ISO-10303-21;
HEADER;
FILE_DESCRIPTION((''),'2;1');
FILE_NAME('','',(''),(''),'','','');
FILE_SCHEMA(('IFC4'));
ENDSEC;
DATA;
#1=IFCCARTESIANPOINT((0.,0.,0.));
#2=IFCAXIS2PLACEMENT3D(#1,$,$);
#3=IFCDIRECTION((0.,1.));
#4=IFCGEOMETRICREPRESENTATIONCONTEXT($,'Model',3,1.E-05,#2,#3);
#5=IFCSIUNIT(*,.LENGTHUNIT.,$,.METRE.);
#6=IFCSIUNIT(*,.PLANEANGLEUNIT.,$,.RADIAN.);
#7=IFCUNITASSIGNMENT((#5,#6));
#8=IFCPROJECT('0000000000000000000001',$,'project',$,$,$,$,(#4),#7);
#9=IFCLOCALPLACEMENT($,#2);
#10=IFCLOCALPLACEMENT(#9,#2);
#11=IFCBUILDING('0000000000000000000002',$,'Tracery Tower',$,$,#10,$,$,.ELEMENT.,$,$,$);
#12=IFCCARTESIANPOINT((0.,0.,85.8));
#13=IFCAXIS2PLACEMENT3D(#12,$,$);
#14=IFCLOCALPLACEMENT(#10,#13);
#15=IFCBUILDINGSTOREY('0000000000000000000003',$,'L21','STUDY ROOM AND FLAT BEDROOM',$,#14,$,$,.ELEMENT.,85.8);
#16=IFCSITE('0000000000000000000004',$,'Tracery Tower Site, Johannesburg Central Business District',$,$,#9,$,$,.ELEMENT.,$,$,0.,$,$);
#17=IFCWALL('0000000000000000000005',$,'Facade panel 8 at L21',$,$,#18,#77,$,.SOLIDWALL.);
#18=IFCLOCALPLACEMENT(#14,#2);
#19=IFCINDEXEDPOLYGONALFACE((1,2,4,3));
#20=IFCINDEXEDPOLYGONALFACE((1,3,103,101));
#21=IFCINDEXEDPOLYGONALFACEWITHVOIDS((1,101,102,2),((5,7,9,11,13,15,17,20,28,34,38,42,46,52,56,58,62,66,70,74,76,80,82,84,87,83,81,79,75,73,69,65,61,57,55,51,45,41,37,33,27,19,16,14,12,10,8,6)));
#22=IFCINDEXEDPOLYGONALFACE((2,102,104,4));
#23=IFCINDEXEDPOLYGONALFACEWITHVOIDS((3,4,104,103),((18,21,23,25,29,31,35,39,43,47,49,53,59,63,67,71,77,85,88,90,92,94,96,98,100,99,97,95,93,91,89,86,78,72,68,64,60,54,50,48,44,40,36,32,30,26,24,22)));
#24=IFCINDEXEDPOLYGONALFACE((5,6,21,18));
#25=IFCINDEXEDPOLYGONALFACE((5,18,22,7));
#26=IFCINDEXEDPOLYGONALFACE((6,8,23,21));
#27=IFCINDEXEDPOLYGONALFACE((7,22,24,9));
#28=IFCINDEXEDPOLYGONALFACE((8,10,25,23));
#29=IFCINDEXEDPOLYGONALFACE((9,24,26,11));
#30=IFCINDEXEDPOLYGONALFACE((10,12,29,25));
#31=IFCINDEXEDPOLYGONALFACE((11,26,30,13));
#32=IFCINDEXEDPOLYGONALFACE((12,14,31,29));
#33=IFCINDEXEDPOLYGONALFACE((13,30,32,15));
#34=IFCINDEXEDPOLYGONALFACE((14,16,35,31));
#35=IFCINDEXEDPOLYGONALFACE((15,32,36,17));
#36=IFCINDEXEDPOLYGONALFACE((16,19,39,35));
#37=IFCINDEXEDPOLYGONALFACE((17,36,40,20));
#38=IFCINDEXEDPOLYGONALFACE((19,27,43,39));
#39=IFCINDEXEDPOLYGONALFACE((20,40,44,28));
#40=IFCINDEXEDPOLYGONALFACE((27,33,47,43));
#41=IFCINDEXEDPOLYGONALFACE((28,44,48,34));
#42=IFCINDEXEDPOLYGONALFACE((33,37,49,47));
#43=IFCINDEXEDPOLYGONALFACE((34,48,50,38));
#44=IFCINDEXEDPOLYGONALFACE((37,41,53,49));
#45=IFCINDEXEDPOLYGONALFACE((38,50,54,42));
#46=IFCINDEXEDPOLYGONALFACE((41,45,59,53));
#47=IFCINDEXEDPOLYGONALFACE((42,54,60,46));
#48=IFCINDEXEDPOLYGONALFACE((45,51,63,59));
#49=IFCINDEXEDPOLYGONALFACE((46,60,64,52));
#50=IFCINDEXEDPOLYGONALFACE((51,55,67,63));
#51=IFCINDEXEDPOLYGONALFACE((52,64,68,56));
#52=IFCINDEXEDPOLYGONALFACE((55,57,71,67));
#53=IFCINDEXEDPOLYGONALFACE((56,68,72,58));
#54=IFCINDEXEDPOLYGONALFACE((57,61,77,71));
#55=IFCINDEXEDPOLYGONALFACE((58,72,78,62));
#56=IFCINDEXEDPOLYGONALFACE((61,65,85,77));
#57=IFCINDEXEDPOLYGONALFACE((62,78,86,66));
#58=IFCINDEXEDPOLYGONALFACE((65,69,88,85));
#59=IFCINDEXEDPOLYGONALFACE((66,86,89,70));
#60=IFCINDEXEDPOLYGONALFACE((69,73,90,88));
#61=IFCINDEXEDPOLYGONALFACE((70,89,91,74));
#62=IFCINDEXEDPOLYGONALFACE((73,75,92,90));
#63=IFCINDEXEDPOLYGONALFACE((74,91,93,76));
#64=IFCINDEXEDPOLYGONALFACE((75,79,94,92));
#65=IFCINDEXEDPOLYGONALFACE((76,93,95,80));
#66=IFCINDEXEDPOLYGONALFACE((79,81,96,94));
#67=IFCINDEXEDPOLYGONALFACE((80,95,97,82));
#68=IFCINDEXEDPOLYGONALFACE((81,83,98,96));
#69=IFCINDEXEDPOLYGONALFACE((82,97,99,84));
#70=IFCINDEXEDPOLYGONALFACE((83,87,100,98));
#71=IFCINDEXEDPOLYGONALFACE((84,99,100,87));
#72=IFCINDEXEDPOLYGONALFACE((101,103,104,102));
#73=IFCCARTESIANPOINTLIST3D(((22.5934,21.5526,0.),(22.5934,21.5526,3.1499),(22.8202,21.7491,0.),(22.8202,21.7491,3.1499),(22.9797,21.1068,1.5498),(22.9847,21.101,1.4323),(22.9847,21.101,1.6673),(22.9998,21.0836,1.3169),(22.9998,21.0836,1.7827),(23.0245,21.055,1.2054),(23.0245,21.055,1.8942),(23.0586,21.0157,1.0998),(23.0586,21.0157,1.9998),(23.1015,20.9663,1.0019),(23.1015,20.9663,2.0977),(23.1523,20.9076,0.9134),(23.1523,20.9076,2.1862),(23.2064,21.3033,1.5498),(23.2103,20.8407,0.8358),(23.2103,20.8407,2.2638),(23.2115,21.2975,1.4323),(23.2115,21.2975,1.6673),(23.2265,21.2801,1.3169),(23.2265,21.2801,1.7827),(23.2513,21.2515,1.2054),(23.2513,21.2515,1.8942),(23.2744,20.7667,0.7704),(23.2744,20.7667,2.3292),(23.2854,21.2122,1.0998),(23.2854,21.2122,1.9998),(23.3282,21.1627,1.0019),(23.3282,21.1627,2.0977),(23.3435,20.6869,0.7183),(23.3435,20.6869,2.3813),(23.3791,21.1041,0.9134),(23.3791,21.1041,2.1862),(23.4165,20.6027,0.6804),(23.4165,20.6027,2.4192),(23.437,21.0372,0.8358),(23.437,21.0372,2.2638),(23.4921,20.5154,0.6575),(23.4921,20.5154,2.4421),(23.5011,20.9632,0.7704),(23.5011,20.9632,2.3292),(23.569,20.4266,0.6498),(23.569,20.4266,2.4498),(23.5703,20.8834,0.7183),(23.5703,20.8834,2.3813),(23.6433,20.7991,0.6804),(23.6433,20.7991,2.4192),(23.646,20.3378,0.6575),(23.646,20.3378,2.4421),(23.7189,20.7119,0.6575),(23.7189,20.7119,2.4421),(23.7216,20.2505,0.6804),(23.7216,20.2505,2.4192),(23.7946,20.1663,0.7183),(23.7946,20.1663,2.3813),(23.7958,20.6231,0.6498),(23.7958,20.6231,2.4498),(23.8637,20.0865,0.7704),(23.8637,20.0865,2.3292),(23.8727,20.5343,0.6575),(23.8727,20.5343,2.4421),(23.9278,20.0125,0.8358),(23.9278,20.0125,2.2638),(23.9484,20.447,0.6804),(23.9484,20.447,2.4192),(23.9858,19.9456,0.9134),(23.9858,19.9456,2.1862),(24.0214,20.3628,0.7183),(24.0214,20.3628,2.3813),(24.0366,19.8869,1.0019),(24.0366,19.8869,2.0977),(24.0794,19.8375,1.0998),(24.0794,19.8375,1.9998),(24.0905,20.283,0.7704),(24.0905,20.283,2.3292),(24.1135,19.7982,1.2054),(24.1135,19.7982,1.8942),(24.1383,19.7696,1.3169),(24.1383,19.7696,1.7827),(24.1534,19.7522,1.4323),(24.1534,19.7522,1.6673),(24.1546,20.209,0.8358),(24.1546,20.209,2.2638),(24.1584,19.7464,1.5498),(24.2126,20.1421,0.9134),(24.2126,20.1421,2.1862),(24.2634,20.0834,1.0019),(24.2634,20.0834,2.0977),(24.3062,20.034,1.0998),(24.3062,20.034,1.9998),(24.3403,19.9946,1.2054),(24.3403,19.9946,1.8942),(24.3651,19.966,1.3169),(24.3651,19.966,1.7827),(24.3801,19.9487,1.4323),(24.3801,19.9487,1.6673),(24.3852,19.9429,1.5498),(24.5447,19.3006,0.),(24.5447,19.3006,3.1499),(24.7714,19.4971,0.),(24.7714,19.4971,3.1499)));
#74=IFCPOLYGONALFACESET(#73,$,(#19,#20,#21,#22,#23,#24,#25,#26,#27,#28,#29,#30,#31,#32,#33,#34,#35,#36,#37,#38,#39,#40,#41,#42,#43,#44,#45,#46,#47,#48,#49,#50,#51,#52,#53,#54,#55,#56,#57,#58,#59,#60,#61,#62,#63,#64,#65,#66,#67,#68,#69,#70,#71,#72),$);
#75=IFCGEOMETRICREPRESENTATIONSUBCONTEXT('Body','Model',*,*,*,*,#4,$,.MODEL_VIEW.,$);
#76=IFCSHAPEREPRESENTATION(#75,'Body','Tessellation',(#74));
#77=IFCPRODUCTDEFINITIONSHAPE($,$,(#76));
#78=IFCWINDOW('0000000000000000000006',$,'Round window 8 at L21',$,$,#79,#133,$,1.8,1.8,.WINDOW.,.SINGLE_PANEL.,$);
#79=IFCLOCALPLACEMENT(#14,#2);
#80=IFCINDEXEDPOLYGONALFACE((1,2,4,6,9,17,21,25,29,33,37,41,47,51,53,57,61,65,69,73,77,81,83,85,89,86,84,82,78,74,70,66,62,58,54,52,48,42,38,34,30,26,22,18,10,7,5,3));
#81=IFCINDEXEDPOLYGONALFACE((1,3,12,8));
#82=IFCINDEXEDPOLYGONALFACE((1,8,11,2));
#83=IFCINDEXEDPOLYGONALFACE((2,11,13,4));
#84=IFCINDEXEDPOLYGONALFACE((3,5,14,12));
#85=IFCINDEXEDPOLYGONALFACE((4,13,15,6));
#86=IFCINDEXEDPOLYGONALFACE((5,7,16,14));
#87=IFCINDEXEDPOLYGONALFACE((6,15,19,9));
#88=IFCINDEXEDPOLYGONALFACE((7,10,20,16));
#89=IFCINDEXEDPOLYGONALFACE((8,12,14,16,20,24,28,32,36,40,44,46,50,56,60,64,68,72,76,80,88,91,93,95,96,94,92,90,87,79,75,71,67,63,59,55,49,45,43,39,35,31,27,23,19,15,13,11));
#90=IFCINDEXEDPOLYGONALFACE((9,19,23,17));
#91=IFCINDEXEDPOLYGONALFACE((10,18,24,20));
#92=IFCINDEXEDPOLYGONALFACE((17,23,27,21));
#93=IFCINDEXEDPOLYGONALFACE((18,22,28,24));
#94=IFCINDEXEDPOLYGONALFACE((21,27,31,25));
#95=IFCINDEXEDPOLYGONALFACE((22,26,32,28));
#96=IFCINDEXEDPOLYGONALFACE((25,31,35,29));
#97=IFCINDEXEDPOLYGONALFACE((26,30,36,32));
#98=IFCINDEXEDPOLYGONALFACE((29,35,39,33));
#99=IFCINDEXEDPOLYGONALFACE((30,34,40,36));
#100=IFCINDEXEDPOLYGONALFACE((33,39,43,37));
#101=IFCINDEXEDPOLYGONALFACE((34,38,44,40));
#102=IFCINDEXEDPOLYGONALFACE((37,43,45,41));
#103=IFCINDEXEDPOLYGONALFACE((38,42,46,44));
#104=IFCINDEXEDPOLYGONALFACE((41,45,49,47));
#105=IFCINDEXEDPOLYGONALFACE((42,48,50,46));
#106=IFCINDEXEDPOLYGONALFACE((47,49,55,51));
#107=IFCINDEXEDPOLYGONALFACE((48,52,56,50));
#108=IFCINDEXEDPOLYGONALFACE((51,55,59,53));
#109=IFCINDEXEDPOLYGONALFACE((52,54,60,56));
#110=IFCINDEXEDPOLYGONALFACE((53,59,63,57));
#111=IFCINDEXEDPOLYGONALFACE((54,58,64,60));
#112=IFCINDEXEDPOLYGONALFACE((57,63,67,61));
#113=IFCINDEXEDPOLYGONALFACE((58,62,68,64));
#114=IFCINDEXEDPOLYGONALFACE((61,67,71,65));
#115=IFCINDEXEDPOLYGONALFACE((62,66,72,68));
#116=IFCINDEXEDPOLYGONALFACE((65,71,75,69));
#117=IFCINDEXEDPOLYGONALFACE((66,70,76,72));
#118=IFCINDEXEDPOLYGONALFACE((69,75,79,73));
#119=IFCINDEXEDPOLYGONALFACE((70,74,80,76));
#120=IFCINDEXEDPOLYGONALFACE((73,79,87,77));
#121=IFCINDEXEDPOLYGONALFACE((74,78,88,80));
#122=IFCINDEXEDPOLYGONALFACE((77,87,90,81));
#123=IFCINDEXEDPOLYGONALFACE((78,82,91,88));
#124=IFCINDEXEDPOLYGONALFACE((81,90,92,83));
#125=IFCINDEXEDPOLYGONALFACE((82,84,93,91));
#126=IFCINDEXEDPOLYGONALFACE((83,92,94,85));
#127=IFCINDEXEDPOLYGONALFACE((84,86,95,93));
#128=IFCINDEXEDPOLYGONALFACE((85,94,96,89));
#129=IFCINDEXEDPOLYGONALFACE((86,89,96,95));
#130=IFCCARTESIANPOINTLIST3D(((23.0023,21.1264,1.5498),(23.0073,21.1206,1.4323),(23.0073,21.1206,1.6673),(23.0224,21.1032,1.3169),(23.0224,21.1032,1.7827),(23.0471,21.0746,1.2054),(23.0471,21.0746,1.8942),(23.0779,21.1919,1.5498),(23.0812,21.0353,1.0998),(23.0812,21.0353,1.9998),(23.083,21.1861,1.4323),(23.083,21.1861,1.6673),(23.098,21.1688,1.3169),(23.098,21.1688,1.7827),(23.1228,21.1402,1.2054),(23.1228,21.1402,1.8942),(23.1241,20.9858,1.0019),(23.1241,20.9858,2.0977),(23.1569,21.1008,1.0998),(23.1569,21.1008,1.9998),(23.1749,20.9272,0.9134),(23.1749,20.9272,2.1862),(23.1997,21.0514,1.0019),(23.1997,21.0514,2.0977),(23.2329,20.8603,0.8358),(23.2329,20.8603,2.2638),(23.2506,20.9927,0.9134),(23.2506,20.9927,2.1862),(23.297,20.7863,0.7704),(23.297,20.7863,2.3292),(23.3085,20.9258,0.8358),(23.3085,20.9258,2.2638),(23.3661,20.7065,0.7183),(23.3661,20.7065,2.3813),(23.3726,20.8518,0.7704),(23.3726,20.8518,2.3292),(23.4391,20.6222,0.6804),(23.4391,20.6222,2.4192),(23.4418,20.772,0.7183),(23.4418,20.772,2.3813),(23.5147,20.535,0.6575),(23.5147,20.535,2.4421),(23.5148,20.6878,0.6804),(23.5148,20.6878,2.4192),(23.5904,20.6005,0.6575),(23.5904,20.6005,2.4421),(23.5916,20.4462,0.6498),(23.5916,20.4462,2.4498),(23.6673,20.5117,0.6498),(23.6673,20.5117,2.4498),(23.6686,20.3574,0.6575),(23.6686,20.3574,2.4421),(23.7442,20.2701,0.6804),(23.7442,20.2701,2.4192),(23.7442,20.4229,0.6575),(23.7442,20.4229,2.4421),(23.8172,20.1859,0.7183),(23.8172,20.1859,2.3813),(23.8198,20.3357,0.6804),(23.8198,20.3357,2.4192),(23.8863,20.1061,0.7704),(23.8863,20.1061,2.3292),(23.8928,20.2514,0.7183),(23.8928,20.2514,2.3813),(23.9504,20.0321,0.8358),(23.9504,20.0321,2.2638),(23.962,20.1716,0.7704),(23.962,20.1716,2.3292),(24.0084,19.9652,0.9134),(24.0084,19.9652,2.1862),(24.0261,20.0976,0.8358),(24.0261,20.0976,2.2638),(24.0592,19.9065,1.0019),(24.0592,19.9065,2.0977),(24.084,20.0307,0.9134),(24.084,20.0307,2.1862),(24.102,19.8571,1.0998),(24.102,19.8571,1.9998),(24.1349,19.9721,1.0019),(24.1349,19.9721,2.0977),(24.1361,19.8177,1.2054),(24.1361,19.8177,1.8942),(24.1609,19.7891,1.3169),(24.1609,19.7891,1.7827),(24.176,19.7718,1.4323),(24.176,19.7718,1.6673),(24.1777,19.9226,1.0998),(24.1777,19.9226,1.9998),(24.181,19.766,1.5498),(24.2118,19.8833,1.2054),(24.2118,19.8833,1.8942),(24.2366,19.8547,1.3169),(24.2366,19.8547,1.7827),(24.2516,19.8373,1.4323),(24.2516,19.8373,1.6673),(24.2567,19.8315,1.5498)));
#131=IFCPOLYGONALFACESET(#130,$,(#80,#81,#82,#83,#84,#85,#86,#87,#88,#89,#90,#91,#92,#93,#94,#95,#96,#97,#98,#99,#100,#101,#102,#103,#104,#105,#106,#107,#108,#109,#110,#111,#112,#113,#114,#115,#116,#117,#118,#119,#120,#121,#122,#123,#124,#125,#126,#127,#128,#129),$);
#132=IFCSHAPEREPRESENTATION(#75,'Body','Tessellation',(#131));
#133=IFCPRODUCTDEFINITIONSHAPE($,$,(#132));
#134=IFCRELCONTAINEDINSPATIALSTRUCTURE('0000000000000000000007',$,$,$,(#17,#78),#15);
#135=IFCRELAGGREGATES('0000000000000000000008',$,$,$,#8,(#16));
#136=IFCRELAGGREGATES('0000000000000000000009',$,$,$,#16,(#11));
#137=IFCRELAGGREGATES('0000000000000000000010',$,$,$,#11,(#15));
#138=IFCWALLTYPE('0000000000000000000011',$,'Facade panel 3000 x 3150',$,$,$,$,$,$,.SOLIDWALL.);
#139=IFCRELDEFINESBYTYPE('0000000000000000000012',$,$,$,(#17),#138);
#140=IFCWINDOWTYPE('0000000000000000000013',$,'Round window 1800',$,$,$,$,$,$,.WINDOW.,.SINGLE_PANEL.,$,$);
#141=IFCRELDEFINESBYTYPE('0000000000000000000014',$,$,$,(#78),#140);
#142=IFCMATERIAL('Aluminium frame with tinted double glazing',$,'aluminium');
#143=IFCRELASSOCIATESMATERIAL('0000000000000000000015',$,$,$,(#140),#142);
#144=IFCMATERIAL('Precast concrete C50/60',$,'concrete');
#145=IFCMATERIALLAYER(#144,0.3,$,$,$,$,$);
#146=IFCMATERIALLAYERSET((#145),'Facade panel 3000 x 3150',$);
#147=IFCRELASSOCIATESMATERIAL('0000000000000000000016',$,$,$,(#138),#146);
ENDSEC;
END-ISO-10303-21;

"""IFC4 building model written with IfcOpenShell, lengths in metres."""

from ifc_helpers import new_model, si_unit, direction, frame, frame_2d, origin, origin_2d, place, context, subcontext, project, spatial, rectangle, circle, extrude, material, layer, layer_set, type_object, element, fill, save


model = new_model("IFC4")

# Units and contexts
model_context = context("Model", 3, precision=1e-05, world=origin(), true_north=direction((0.0, 1.0)))
body_context = subcontext(model_context, "Body", "Model", "MODEL_VIEW")
ifc_project = project(units=[si_unit("LENGTHUNIT", "METRE"), si_unit("PLANEANGLEUNIT", "RADIAN")], contexts=[model_context])

# Site, building, storey
site_placement = place(None, origin())
site = spatial("IfcSite", under=ifc_project, at=site_placement, Name="Tracery Tower Site, Johannesburg Central Business District", CompositionType="ELEMENT", RefElevation=0.0)
building_placement = place(site_placement, origin())
building = spatial("IfcBuilding", under=site, at=building_placement, Name="Tracery Tower", CompositionType="ELEMENT")
storey_placement = place(building_placement, frame((0.0, 0.0, 85.8)))
storey = spatial("IfcBuildingStorey", under=building, at=storey_placement, Name="L21", Description="STUDY ROOM AND FLAT BEDROOM", CompositionType="ELEMENT", Elevation=85.8)

# Wall, opening, window
ifc_material_1 = material(Name="Aluminium frame with tinted double glazing", Category="aluminium")
window_type = type_object("IfcWindowType", Name="Round window 1800", PartitioningType="SINGLE_PANEL", PredefinedType="WINDOW", material=ifc_material_1)
ifc_material_2 = material(Name="Precast concrete C50/60", Category="concrete")
ifc_layer_1 = layer(ifc_material_2, 0.3)
ifc_layer_set_1 = layer_set([ifc_layer_1], Name="Facade panel 3000 x 3150")
wall_type_1 = type_object("IfcWallType", Name="Facade panel 3000 x 3150", PredefinedType="SOLIDWALL", material=ifc_layer_set_1)
wall_1_placement = place(storey_placement, frame((24.658, 19.3989, 0.0), z_axis=(0.0, 0.0, 1.0), x_axis=(-0.654831, 0.755776, 0.0)))
wall_1 = element("IfcWall", 1, at=wall_1_placement, inside=storey, type_object=wall_type_1, Name="Facade panel 8 at L21", PredefinedType="SOLIDWALL", context=body_context, shape_type="SweptSolid", body=[
    extrude(rectangle(XDim=2.9797, YDim=0.3, at=frame_2d((1.4897, 0.0))), origin(), (0.0, 0.0, 1.0), 3.1499),
])
opening_1_placement = place(wall_1_placement, frame((1.4897, 0.0, 1.5498)))
opening_1 = element("IfcOpeningElement", 2, at=opening_1_placement, cuts=wall_1, PredefinedType="OPENING", context=body_context, shape_type="SweptSolid", body=[
    extrude(circle(Radius=0.9, at=origin_2d()), frame((0.0, 0.1599, 0.0), z_axis=(0.0, -1.0, 0.0), x_axis=(1.0, 0.0, 0.0)), (0.0, 0.0, 1.0), 0.3201),
])
window_1_placement = place(opening_1_placement, origin())
window_1 = element("IfcWindow", 3, at=window_1_placement, inside=storey, type_object=window_type, Name="Round window 8 at L21", OverallHeight=1.8, OverallWidth=1.8, PartitioningType="SINGLE_PANEL", PredefinedType="WINDOW", context=body_context, shape_type="SweptSolid", body=[
    extrude(circle(Radius=0.9, at=origin_2d()), frame((0.0, 0.1201, 0.0), z_axis=(0.0, -1.0, 0.0), x_axis=(1.0, 0.0, 0.0)), (0.0, 0.0, 1.0), 0.1001),
])
fill(opening_1, window_1)

save(model, "model.ifc")
